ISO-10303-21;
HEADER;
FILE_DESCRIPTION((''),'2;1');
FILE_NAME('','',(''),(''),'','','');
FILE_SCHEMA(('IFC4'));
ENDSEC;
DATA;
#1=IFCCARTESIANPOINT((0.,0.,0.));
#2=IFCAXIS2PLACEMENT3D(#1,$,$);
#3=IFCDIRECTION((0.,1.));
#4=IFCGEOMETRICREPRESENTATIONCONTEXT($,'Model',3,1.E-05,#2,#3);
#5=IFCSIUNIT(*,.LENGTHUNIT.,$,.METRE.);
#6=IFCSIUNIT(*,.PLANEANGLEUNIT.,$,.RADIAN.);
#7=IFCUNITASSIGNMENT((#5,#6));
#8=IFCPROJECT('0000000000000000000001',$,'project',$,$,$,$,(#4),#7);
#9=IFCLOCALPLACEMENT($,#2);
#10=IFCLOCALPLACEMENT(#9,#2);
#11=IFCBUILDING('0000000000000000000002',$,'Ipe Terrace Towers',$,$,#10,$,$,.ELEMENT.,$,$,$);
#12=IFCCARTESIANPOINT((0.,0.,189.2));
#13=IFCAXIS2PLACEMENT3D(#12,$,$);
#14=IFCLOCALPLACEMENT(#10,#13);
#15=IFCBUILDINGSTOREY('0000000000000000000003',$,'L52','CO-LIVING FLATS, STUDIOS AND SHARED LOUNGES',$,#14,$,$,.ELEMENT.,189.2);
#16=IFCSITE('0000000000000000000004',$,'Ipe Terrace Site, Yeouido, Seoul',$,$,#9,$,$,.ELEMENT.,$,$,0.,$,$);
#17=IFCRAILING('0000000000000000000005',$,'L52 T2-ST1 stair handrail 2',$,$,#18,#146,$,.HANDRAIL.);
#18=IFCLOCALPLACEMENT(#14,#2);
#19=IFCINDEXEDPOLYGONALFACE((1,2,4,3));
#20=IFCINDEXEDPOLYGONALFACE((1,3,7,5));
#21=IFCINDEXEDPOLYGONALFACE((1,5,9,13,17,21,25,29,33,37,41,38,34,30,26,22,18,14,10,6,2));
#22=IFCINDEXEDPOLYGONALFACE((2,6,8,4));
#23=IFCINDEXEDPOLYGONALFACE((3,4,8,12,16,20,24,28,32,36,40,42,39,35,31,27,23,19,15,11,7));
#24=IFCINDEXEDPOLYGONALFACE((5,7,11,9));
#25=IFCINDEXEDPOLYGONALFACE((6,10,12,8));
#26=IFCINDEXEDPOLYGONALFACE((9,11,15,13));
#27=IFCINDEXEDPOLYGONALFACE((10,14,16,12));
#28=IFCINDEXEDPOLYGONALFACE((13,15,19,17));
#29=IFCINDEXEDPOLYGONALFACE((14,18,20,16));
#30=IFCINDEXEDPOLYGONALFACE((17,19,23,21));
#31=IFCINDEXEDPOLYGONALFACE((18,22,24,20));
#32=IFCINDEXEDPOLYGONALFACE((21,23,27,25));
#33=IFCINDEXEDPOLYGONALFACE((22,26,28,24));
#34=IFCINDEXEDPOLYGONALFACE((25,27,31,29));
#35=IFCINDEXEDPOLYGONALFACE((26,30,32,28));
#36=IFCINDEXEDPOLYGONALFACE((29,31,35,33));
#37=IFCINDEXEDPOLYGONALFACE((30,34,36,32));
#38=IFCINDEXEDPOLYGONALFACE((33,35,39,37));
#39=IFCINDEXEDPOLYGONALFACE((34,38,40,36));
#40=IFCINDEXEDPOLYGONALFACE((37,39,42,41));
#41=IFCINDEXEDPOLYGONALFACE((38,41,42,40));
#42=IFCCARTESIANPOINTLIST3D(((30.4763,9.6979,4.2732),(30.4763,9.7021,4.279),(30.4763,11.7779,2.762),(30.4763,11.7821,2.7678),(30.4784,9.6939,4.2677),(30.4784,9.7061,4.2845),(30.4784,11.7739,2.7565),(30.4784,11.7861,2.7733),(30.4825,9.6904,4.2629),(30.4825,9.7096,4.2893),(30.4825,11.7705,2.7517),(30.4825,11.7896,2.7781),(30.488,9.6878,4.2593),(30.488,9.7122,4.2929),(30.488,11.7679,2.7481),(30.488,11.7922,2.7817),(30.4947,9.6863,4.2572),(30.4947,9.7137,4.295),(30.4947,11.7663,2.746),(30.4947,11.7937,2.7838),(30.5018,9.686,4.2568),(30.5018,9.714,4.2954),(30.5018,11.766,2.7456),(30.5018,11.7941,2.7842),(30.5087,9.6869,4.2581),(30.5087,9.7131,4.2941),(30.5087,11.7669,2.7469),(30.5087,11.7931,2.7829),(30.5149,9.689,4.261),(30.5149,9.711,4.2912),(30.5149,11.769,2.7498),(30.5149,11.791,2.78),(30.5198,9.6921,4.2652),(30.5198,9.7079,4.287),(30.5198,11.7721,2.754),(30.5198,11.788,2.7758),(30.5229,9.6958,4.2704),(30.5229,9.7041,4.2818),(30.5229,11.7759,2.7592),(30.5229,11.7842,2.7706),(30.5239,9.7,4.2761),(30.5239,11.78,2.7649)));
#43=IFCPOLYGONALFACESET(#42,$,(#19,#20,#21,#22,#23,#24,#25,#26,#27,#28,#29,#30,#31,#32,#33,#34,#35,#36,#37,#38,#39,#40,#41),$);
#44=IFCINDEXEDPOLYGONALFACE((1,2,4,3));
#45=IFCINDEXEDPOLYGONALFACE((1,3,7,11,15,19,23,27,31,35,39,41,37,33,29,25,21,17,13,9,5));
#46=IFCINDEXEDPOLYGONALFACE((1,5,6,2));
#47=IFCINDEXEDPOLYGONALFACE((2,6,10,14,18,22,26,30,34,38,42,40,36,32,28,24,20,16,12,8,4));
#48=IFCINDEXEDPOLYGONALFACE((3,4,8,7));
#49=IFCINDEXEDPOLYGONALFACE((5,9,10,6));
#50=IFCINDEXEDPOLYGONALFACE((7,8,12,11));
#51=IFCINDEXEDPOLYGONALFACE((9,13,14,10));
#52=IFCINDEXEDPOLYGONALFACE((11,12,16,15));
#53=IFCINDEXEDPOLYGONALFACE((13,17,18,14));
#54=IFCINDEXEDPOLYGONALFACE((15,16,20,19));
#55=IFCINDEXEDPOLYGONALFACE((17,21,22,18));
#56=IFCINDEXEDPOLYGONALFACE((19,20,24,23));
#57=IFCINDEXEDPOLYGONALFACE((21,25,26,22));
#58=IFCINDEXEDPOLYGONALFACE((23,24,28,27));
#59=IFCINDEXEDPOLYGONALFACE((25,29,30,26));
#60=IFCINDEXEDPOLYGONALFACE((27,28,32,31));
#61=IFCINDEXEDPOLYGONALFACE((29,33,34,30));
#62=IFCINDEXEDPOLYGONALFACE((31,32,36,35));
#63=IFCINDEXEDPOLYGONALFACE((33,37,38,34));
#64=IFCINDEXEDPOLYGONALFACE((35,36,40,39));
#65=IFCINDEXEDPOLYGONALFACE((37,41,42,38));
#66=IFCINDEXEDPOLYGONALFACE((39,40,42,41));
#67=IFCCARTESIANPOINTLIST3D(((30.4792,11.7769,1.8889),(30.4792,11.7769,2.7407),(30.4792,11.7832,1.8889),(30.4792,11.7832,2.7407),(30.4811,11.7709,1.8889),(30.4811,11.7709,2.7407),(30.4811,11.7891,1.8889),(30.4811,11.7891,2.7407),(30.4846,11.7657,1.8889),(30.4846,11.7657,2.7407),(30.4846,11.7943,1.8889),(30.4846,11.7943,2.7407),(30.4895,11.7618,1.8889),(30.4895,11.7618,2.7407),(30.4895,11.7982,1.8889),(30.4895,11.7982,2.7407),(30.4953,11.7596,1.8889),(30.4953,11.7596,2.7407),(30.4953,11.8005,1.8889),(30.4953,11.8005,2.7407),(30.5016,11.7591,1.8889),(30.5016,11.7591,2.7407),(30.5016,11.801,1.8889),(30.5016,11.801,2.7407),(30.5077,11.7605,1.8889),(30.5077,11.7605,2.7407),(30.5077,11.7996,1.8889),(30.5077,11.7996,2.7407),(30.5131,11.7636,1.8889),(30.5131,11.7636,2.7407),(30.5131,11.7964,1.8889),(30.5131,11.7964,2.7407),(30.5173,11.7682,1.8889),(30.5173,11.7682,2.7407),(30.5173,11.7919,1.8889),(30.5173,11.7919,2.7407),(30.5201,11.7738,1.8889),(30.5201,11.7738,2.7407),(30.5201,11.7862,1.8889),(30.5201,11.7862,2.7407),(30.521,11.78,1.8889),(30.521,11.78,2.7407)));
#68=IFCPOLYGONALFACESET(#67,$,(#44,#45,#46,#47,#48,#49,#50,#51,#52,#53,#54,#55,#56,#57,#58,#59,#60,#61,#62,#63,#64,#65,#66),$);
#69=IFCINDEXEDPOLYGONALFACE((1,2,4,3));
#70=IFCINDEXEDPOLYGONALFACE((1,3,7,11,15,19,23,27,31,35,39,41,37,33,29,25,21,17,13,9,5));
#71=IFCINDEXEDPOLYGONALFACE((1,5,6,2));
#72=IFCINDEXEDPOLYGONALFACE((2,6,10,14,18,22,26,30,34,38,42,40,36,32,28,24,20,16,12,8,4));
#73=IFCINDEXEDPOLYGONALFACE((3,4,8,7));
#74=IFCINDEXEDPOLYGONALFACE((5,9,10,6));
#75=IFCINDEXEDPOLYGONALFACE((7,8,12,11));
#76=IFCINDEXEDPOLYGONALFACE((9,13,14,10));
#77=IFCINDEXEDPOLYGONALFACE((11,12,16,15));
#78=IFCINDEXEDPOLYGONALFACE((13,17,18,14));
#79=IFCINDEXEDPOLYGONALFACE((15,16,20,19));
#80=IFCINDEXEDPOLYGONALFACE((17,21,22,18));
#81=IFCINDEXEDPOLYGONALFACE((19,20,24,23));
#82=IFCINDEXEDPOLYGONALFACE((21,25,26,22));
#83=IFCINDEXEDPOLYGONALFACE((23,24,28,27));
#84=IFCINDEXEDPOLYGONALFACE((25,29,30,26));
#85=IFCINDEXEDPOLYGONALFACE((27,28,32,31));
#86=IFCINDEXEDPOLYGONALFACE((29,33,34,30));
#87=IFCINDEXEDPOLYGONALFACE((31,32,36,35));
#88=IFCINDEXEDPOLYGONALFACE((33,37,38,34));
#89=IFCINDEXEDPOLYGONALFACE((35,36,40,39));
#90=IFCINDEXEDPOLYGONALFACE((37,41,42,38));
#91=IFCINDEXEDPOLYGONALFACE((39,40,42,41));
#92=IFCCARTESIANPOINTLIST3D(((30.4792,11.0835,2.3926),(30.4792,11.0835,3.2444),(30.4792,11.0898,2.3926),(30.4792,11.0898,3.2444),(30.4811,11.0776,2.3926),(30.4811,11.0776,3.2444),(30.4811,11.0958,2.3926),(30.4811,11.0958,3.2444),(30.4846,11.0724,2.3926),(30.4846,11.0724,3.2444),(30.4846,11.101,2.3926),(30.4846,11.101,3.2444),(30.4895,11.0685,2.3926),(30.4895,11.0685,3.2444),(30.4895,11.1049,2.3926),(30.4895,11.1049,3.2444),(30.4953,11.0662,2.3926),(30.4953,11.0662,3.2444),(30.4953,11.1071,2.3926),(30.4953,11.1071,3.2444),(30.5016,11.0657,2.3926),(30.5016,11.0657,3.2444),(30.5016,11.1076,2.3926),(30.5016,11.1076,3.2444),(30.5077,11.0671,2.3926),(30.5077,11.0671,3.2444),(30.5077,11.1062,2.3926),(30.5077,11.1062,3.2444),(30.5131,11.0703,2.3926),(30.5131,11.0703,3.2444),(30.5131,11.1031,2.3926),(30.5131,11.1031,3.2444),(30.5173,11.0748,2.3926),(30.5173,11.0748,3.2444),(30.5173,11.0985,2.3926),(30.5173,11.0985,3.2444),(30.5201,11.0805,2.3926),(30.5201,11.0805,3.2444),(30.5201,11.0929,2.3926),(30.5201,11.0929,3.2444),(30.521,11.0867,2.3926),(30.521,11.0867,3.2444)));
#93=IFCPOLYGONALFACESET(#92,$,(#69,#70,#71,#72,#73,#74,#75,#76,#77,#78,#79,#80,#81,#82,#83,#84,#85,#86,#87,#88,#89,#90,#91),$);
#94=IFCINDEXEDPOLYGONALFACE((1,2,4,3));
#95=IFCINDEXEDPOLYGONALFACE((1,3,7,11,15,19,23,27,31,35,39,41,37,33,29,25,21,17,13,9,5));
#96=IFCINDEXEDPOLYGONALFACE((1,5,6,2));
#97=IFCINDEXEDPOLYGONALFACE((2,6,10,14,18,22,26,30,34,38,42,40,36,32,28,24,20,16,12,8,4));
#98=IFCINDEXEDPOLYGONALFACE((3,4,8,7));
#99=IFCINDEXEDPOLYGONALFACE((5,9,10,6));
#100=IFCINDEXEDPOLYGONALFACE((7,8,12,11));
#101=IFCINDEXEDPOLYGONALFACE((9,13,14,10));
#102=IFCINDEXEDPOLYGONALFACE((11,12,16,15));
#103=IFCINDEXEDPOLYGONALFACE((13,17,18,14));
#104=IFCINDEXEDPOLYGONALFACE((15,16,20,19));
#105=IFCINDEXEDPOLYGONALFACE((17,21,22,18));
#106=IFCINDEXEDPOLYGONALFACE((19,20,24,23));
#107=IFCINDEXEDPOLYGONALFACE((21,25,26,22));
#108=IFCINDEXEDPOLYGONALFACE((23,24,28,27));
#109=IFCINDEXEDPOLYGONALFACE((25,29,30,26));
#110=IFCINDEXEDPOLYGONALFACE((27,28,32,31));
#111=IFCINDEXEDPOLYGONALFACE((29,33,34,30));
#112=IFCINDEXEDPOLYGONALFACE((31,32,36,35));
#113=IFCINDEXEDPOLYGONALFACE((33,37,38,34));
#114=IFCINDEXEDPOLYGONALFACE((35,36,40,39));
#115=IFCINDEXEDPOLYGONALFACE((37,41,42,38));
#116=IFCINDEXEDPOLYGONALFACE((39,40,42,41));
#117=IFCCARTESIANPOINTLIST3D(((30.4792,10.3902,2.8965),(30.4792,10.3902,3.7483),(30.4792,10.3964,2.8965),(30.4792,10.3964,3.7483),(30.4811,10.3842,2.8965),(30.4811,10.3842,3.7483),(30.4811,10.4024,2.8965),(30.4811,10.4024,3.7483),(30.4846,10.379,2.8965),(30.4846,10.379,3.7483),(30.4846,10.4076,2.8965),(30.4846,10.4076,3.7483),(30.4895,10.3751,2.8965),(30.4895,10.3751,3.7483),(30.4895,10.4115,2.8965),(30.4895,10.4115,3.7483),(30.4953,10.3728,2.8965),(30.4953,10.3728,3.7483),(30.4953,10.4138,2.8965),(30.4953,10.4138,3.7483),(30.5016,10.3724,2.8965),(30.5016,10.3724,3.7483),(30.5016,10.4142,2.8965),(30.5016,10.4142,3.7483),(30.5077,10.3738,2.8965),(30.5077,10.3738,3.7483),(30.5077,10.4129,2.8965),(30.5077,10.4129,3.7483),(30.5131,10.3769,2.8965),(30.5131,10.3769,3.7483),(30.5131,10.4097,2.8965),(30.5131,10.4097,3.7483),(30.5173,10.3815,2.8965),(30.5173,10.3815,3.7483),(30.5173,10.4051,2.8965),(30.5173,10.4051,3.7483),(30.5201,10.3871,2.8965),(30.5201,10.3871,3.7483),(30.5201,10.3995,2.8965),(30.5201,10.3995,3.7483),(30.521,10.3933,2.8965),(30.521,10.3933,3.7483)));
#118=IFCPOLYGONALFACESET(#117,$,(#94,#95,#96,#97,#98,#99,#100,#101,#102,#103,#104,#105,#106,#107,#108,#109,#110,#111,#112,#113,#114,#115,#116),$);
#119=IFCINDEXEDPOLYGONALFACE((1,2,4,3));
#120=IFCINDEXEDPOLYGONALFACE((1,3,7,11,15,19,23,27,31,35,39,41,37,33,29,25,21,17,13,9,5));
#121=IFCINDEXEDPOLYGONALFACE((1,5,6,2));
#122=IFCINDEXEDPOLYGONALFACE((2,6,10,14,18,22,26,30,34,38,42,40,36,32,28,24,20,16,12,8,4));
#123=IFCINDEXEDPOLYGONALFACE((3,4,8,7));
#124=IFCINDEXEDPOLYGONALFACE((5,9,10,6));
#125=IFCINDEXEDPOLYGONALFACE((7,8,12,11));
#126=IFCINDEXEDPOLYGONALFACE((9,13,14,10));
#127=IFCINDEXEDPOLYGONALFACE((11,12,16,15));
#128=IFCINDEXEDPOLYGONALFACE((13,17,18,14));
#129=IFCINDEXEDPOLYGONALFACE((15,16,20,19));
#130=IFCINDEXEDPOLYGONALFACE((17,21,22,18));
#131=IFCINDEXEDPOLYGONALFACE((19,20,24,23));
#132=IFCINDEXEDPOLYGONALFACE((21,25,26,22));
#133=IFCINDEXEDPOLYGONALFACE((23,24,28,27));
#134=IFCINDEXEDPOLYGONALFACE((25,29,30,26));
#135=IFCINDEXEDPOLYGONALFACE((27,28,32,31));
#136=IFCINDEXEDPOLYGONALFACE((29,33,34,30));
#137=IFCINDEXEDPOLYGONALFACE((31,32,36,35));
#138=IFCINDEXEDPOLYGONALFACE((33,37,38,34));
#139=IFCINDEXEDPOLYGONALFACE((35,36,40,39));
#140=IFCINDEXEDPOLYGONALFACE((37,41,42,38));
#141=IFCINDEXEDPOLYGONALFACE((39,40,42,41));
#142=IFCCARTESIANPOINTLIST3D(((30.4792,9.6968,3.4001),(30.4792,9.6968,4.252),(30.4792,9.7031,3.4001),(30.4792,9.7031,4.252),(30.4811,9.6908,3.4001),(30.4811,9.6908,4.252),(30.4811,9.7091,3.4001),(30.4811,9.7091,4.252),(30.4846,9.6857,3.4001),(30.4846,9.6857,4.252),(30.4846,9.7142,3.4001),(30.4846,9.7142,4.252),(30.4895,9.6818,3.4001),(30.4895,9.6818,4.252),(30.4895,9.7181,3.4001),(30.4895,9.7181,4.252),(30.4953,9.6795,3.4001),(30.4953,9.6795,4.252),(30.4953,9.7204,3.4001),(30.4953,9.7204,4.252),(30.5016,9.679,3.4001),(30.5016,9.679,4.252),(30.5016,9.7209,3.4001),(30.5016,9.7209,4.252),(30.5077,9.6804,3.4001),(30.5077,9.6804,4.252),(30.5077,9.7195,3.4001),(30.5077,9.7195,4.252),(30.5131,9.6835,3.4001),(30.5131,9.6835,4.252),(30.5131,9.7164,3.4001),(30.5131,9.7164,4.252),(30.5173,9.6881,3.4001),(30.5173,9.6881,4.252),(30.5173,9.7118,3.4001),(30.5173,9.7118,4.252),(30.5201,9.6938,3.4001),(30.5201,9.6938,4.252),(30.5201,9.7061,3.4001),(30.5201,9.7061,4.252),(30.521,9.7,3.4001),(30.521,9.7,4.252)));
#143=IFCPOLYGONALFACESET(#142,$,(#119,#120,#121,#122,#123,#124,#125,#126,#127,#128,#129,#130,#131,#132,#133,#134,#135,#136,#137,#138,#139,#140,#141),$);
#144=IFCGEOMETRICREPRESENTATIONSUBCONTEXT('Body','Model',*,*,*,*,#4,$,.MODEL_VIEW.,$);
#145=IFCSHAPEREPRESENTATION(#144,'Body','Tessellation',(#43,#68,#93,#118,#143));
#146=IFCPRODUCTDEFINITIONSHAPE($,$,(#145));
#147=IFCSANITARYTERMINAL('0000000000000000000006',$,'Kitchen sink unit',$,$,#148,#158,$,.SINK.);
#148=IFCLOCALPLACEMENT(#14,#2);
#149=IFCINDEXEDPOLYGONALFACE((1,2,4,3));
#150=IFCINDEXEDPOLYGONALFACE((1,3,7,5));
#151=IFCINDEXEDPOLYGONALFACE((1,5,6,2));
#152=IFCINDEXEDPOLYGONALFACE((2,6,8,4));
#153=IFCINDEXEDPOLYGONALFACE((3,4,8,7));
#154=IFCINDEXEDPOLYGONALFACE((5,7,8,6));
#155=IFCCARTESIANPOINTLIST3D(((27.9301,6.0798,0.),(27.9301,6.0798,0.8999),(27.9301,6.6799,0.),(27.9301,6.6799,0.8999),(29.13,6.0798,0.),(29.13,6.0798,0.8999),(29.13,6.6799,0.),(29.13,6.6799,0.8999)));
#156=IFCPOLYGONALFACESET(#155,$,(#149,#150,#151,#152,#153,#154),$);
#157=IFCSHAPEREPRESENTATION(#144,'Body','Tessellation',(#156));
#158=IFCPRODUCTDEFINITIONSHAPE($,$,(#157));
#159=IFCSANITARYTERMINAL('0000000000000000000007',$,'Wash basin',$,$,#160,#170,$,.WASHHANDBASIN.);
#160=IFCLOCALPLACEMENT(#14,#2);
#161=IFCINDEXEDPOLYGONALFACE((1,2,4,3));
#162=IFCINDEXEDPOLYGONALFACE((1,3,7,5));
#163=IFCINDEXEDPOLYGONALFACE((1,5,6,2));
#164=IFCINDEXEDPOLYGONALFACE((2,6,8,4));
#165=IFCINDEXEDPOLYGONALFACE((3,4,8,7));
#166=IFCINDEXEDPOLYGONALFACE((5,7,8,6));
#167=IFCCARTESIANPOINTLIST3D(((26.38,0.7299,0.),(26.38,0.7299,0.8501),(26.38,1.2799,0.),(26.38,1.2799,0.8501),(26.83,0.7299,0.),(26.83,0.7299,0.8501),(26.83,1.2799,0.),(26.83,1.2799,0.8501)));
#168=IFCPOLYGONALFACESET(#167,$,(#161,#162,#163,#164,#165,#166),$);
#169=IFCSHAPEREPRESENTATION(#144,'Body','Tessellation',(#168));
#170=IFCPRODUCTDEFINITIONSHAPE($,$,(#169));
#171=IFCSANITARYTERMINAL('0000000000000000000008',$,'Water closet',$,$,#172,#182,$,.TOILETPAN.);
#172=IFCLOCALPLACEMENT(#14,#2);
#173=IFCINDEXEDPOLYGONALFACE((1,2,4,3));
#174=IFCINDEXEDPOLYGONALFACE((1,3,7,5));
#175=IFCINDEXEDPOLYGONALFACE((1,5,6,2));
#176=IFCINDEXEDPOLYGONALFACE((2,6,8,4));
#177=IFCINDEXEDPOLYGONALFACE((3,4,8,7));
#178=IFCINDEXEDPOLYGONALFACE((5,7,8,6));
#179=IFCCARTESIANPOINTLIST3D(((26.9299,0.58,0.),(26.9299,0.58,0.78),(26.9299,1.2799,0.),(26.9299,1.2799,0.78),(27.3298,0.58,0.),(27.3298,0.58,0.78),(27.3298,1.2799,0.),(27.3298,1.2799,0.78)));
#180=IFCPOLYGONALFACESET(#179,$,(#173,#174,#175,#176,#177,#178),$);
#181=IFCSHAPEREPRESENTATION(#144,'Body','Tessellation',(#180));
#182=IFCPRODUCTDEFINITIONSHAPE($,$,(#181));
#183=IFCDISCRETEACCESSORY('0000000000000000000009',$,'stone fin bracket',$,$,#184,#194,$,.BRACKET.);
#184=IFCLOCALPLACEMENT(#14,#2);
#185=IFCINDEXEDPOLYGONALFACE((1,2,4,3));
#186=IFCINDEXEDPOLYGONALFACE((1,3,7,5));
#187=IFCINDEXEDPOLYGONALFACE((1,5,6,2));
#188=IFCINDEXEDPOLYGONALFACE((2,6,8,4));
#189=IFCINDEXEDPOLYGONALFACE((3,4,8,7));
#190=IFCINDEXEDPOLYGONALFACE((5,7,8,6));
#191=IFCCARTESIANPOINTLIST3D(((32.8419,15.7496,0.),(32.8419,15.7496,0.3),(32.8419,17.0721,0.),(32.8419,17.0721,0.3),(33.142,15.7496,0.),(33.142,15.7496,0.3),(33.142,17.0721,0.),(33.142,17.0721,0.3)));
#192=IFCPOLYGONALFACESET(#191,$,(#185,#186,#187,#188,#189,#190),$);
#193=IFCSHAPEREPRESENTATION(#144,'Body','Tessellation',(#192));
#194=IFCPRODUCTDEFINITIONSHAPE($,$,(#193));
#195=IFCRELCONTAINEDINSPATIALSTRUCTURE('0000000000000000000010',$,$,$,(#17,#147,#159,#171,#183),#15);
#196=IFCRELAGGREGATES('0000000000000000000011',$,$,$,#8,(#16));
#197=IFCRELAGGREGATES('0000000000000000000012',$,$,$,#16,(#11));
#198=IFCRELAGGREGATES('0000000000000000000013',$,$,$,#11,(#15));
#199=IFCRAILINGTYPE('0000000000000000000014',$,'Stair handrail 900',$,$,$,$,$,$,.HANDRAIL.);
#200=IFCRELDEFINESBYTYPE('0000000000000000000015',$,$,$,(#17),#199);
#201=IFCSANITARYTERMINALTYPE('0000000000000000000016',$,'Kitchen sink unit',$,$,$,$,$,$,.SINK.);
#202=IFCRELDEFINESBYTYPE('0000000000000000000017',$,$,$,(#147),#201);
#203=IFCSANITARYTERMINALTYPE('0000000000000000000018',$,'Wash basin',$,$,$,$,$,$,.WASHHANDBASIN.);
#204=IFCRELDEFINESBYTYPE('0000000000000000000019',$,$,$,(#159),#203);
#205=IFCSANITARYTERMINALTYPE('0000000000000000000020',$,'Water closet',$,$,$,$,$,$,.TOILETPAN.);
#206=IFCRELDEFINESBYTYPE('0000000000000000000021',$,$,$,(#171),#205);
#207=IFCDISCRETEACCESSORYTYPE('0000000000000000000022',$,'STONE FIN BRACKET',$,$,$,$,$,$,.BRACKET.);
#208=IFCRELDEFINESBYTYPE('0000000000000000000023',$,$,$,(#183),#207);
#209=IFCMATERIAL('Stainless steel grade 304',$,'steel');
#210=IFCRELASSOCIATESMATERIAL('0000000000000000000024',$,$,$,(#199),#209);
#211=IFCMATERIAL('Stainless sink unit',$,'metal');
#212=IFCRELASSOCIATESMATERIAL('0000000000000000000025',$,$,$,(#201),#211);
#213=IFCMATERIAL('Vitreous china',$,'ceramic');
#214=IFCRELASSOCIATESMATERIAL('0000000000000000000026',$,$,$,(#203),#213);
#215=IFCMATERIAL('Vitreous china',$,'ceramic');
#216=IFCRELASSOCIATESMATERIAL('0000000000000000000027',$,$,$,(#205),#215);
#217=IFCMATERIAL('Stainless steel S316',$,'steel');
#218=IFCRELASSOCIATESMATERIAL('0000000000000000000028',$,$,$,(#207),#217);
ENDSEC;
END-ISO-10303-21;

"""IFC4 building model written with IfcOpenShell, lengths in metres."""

from ifc_helpers import new_model, si_unit, direction, frame, origin, origin_2d, place, context, subcontext, project, spatial, rectangle, circle, extrude, material, type_object, element, save


model = new_model("IFC4")

# Units and contexts
model_context = context("Model", 3, precision=1e-05, world=origin(), true_north=direction((0.0, 1.0)))
body_context = subcontext(model_context, "Body", "Model", "MODEL_VIEW")
ifc_project = project(units=[si_unit("LENGTHUNIT", "METRE"), si_unit("PLANEANGLEUNIT", "RADIAN")], contexts=[model_context])

# Site, building, storey
site_placement = place(None, origin())
site = spatial("IfcSite", under=ifc_project, at=site_placement, Name="Ipe Terrace Site, Yeouido, Seoul", CompositionType="ELEMENT", RefElevation=0.0)
building_placement = place(site_placement, origin())
building = spatial("IfcBuilding", under=site, at=building_placement, Name="Ipe Terrace Towers", CompositionType="ELEMENT")
storey_placement = place(building_placement, frame((0.0, 0.0, 189.2)))
storey = spatial("IfcBuildingStorey", under=building, at=storey_placement, Name="L52", Description="CO-LIVING FLATS, STUDIOS AND SHARED LOUNGES", CompositionType="ELEMENT", Elevation=189.2)

# Railing
ifc_material_1 = material(Name="Stainless steel grade 304", Category="steel")
railing_type_1 = type_object("IfcRailingType", Name="Stair handrail 900", PredefinedType="HANDRAIL", material=ifc_material_1)
railing_1_placement = place(storey_placement, frame((30.5, 11.78, 1.8889)))
element("IfcRailing", 1, at=railing_1_placement, inside=storey, type_object=railing_type_1, Name="L52 T2-ST1 stair handrail 2", PredefinedType="HANDRAIL", context=body_context, shape_type="SweptSolid", body=[
    extrude(circle(Radius=0.0239, at=origin_2d()), frame((0.0, 0.0, 0.876), z_axis=(0.0, -0.809023, 0.587776), x_axis=(1.0, 0.0, 0.0)), (0.0, 0.0, 1.0), 2.571),
    extrude(circle(Radius=0.021, at=origin_2d()), origin(), (0.0, 0.0, 1.0), 0.8518),
    extrude(circle(Radius=0.021, at=origin_2d()), frame((0.0, -0.6934, 0.5037)), (0.0, 0.0, 1.0), 0.8518),
    extrude(circle(Radius=0.021, at=origin_2d()), frame((0.0, -1.3867, 1.0076)), (0.0, 0.0, 1.0), 0.8518),
    extrude(circle(Radius=0.021, at=origin_2d()), frame((0.0, -2.0801, 1.5112)), (0.0, 0.0, 1.0), 0.8518),
])

# Sanitary terminals
ifc_material_2 = material(Name="Stainless sink unit", Category="metal")
sanitary_terminal_type_1 = type_object("IfcSanitaryTerminalType", Name="Kitchen sink unit", PredefinedType="SINK", material=ifc_material_2)
sanitary_terminal_1_placement = place(storey_placement, frame((28.53, 6.3799, 0.0), z_axis=(0.0, 0.0, 1.0), x_axis=(1.0, 0.0, 0.0)))
element("IfcSanitaryTerminal", 2, at=sanitary_terminal_1_placement, inside=storey, type_object=sanitary_terminal_type_1, Name="Kitchen sink unit", PredefinedType="SINK", context=body_context, shape_type="SweptSolid", body=[
    extrude(rectangle(XDim=1.2, YDim=0.6001, at=origin_2d()), origin(), (0.0, 0.0, 1.0), 0.8999),
])
ifc_material_3 = material(Name="Vitreous china", Category="ceramic")
sanitary_terminal_type_2 = type_object("IfcSanitaryTerminalType", Name="Wash basin", PredefinedType="WASHHANDBASIN", material=ifc_material_3)
sanitary_terminal_2_placement = place(storey_placement, frame((26.605, 1.0049, 0.0), z_axis=(0.0, 0.0, 1.0), x_axis=(0.0, -1.0, 0.0)))
element("IfcSanitaryTerminal", 3, at=sanitary_terminal_2_placement, inside=storey, type_object=sanitary_terminal_type_2, Name="Wash basin", PredefinedType="WASHHANDBASIN", context=body_context, shape_type="SweptSolid", body=[
    extrude(rectangle(XDim=0.55, YDim=0.45, at=origin_2d()), origin(), (0.0, 0.0, 1.0), 0.8501),
])
ifc_material_4 = material(Name="Vitreous china", Category="ceramic")
sanitary_terminal_type_3 = type_object("IfcSanitaryTerminalType", Name="Water closet", PredefinedType="TOILETPAN", material=ifc_material_4)
sanitary_terminal_3_placement = place(storey_placement, frame((27.1299, 0.9299, 0.0), z_axis=(0.0, 0.0, 1.0), x_axis=(0.0, -1.0, 0.0)))
element("IfcSanitaryTerminal", 4, at=sanitary_terminal_3_placement, inside=storey, type_object=sanitary_terminal_type_3, Name="Water closet", PredefinedType="TOILETPAN", context=body_context, shape_type="SweptSolid", body=[
    extrude(rectangle(XDim=0.7, YDim=0.3999, at=origin_2d()), origin(), (0.0, 0.0, 1.0), 0.78),
])

# Discrete accessory
ifc_material_5 = material(Name="Stainless steel S316", Category="steel")
discrete_accessory_type = type_object("IfcDiscreteAccessoryType", Name="STONE FIN BRACKET", PredefinedType="BRACKET", material=ifc_material_5)
discrete_accessory_placement = place(storey_placement, frame((32.9919, 16.4109, 0.0), z_axis=(0.0, 0.0, 1.0), x_axis=(-1.0, 0.0, 0.0)))
element("IfcDiscreteAccessory", 5, at=discrete_accessory_placement, inside=storey, type_object=discrete_accessory_type, Name="stone fin bracket", PredefinedType="BRACKET", context=body_context, shape_type="SweptSolid", body=[
    extrude(rectangle(XDim=0.3, YDim=1.3225, at=origin_2d()), origin(), (0.0, 0.0, 1.0), 0.3),
])

save(model, "model.ifc")
